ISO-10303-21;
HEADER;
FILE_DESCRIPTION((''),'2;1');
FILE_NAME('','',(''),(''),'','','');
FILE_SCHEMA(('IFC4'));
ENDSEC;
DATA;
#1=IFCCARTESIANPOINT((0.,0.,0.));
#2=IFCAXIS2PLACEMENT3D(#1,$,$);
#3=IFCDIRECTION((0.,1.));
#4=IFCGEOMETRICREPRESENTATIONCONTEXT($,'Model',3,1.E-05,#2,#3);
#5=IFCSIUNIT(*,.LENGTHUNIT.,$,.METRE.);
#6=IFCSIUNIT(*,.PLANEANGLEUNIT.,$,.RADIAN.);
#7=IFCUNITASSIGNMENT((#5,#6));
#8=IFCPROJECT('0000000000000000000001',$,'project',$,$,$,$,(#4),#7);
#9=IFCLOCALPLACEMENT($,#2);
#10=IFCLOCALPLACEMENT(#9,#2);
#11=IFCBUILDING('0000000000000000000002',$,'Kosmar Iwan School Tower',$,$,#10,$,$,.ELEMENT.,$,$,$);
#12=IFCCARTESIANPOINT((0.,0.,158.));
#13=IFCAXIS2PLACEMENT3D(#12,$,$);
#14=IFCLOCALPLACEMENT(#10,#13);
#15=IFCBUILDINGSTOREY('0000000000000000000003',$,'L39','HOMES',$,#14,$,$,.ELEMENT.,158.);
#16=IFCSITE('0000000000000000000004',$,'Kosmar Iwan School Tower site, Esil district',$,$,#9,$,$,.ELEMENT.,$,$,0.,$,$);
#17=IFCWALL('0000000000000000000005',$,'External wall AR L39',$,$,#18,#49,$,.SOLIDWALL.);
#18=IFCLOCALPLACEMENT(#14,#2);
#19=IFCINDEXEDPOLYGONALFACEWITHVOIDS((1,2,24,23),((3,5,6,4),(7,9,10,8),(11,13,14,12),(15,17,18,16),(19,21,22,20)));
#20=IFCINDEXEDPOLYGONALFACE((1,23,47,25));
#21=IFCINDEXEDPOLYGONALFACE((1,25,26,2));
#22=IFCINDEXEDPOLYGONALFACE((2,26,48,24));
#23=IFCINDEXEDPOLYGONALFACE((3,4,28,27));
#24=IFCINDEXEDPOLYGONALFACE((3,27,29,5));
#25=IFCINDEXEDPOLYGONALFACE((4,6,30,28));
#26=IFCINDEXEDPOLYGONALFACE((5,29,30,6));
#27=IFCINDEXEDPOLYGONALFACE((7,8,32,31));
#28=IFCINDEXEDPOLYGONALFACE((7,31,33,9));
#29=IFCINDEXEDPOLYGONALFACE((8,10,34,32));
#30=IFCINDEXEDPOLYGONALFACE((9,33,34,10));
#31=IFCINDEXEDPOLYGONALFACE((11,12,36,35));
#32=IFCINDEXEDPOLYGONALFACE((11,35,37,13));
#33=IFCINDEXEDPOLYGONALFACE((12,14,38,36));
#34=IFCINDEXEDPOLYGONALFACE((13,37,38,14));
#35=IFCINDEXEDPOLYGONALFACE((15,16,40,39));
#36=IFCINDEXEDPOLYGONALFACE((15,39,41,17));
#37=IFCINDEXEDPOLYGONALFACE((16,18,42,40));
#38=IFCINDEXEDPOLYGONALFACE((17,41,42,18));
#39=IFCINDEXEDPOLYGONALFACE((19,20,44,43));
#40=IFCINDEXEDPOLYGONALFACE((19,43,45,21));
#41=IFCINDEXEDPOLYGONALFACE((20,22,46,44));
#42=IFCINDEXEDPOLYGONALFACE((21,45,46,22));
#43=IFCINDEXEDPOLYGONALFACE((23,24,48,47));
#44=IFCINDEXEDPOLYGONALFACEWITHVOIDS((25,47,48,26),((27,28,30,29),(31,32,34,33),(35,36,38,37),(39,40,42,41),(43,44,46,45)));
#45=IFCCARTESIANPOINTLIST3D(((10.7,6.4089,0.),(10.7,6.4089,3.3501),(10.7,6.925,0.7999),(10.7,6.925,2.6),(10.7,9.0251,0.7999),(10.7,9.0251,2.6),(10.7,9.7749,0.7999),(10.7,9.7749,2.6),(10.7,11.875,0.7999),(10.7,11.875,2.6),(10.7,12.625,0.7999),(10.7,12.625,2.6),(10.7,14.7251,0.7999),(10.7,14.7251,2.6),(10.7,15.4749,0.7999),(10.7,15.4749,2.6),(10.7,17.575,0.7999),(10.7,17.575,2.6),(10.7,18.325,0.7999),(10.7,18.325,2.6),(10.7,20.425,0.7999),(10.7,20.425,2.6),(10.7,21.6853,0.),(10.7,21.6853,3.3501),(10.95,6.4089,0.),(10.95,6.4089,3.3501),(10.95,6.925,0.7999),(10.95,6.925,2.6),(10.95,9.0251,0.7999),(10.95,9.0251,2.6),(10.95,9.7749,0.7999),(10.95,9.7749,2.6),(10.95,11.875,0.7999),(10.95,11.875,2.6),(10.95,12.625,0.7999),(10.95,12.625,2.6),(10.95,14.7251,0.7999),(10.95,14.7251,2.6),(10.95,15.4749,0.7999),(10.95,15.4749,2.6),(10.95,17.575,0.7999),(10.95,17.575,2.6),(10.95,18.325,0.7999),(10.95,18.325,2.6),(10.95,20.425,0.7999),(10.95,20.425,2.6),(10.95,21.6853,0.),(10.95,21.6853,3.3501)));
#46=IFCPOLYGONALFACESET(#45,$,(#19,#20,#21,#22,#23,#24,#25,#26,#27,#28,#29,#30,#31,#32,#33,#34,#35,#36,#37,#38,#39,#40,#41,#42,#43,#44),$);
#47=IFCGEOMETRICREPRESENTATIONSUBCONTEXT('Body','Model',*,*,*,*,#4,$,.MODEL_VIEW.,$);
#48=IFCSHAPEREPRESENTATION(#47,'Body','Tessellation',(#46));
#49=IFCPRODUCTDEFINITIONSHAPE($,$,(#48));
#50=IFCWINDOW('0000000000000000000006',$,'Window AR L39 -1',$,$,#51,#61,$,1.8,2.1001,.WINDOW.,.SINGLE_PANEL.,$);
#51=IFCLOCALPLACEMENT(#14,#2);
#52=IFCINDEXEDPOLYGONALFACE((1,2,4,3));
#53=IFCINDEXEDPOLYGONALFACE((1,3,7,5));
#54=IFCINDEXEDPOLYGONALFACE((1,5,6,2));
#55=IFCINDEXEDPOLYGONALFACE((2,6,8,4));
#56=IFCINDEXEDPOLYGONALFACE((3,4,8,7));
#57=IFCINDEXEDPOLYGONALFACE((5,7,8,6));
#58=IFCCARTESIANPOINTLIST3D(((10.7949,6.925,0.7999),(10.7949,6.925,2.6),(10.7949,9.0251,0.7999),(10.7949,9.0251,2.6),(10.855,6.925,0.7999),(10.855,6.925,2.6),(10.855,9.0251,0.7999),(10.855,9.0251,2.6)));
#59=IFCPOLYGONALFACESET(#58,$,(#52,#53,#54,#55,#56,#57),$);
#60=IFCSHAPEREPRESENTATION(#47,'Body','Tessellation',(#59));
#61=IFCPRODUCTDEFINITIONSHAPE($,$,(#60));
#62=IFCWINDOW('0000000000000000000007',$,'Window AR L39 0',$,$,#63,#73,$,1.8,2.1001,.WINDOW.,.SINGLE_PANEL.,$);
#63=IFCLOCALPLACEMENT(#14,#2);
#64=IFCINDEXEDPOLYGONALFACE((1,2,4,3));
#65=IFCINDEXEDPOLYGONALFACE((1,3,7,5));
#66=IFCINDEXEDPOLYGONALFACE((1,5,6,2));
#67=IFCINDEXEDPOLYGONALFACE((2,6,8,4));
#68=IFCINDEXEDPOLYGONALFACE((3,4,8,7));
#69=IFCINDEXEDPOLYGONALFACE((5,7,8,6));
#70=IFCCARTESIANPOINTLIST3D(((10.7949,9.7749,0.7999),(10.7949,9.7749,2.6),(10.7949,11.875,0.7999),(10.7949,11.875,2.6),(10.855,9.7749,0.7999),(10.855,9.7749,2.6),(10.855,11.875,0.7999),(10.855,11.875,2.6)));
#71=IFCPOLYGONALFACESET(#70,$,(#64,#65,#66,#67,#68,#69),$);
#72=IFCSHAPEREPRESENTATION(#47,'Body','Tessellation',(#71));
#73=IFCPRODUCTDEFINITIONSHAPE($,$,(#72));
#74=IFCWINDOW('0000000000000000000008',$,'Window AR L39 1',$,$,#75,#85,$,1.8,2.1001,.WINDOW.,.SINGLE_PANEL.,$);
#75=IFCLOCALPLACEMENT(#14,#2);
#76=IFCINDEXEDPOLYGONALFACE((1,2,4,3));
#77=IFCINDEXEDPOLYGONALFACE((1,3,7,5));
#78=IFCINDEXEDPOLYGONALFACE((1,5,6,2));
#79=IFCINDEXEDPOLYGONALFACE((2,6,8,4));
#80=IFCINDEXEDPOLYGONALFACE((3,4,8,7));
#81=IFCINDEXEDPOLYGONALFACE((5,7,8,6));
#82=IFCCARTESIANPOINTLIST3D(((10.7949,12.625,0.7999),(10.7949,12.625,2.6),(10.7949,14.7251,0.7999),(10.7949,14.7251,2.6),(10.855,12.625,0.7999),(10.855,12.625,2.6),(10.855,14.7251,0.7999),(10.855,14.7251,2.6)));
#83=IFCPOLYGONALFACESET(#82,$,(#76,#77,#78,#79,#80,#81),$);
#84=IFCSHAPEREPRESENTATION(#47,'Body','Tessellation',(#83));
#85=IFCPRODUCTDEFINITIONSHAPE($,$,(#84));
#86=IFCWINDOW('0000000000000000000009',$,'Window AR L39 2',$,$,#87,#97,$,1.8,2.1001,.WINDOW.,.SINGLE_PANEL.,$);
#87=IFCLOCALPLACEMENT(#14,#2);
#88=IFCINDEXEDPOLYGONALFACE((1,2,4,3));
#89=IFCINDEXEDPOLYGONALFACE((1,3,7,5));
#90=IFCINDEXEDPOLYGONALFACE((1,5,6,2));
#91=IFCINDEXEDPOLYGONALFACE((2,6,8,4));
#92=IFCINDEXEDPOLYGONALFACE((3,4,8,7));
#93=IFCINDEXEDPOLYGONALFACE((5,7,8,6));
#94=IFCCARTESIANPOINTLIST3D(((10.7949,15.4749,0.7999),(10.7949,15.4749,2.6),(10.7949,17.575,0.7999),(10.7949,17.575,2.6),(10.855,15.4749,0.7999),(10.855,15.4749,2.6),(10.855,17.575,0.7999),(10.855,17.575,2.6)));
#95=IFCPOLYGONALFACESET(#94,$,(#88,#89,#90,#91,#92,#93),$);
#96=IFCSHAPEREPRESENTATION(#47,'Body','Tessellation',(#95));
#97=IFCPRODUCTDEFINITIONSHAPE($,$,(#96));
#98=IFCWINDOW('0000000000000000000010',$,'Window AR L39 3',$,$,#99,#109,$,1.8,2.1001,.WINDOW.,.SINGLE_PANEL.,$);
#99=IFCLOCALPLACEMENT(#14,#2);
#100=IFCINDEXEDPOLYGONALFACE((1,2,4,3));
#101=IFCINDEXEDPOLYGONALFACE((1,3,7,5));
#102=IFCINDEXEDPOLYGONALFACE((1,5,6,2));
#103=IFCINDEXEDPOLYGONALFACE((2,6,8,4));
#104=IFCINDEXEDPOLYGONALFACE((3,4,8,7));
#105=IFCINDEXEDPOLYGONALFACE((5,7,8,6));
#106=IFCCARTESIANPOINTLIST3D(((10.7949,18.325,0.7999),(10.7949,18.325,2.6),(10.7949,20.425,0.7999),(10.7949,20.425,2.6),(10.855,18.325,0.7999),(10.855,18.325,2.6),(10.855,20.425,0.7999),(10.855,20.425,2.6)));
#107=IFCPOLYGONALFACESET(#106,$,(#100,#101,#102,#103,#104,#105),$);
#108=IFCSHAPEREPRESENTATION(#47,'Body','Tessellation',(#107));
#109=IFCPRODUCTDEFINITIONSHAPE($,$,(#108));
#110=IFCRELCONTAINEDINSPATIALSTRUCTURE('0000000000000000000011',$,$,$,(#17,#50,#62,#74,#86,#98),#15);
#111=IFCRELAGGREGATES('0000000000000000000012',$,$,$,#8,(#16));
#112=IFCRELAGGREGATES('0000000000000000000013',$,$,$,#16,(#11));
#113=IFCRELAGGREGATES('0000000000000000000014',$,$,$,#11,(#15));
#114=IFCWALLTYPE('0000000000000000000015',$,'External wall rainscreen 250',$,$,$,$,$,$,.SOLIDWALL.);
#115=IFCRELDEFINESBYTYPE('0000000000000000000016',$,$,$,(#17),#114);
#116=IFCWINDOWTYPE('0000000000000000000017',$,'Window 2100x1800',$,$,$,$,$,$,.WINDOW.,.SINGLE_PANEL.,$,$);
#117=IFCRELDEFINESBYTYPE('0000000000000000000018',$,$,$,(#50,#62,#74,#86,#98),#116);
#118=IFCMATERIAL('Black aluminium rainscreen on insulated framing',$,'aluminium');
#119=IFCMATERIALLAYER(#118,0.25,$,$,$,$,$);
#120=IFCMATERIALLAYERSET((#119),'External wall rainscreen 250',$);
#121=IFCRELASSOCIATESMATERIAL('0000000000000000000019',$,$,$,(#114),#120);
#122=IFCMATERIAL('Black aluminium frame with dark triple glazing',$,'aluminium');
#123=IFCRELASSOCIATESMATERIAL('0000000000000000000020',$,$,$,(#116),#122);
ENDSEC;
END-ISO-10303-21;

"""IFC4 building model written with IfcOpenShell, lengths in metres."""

from ifc_helpers import new_model, si_unit, direction, frame, frame_2d, origin, place, context, subcontext, project, spatial, rectangle, extrude, material, layer, layer_set, type_object, element, fill, save


model = new_model("IFC4")

# Units and contexts
model_context = context("Model", 3, precision=1e-05, world=origin(), true_north=direction((0.0, 1.0)))
body_context = subcontext(model_context, "Body", "Model", "MODEL_VIEW")
ifc_project = project(units=[si_unit("LENGTHUNIT", "METRE"), si_unit("PLANEANGLEUNIT", "RADIAN")], contexts=[model_context])

# Site, building, storey
site_placement = place(None, origin())
site = spatial("IfcSite", under=ifc_project, at=site_placement, Name="Kosmar Iwan School Tower site, Esil district", CompositionType="ELEMENT", RefElevation=0.0)
building_placement = place(site_placement, origin())
building = spatial("IfcBuilding", under=site, at=building_placement, Name="Kosmar Iwan School Tower", CompositionType="ELEMENT")
storey_placement = place(building_placement, frame((0.0, 0.0, 158.0)))
storey = spatial("IfcBuildingStorey", under=building, at=storey_placement, Name="L39", Description="HOMES", CompositionType="ELEMENT", Elevation=158.0)

# Wall, openings, windows
ifc_material_1 = material(Name="Black aluminium rainscreen on insulated framing", Category="aluminium")
ifc_layer_1 = layer(ifc_material_1, 0.25)
ifc_layer_set_1 = layer_set([ifc_layer_1], Name="External wall rainscreen 250")
wall_type_1 = type_object("IfcWallType", Name="External wall rainscreen 250", PredefinedType="SOLIDWALL", material=ifc_layer_set_1)
ifc_material_2 = material(Name="Black aluminium frame with dark triple glazing", Category="aluminium")
window_type = type_object("IfcWindowType", Name="Window 2100x1800", PartitioningType="SINGLE_PANEL", PredefinedType="WINDOW", material=ifc_material_2)
wall_1_placement = place(storey_placement, frame((10.825, 6.4089, 0.0), z_axis=(0.0, 0.0, 1.0), x_axis=(0.0, 1.0, 0.0)))
wall_1 = element("IfcWall", 1, at=wall_1_placement, inside=storey, type_object=wall_type_1, Name="External wall AR L39", PredefinedType="SOLIDWALL", context=body_context, shape_type="SweptSolid", body=[
    extrude(rectangle(XDim=15.2764, YDim=0.25, at=frame_2d((7.6382, 0.0))), origin(), (0.0, 0.0, 1.0), 3.3501),
])
opening_1_placement = place(wall_1_placement, frame((0.5161, 0.0, 0.8)))
opening_1 = element("IfcOpeningElement", 2, at=opening_1_placement, cuts=wall_1, PredefinedType="OPENING", context=body_context, shape_type="SweptSolid", body=[
    extrude(rectangle(XDim=2.1001, YDim=1.8, at=frame_2d((1.05, 0.8999))), frame((0.0, 0.137, 0.0), z_axis=(0.0, -1.0, 0.0), x_axis=(1.0, 0.0, 0.0)), (0.0, 0.0, 1.0), 0.2739),
])
opening_2_placement = place(wall_1_placement, frame((3.366, 0.0, 0.8)))
opening_2 = element("IfcOpeningElement", 3, at=opening_2_placement, cuts=wall_1, PredefinedType="OPENING", context=body_context, shape_type="SweptSolid", body=[
    extrude(rectangle(XDim=2.1001, YDim=1.8, at=frame_2d((1.05, 0.8999))), frame((0.0, 0.137, 0.0), z_axis=(0.0, -1.0, 0.0), x_axis=(1.0, 0.0, 0.0)), (0.0, 0.0, 1.0), 0.2739),
])
opening_3_placement = place(wall_1_placement, frame((6.2161, 0.0, 0.8)))
opening_3 = element("IfcOpeningElement", 4, at=opening_3_placement, cuts=wall_1, PredefinedType="OPENING", context=body_context, shape_type="SweptSolid", body=[
    extrude(rectangle(XDim=2.1001, YDim=1.8, at=frame_2d((1.05, 0.8999))), frame((0.0, 0.137, 0.0), z_axis=(0.0, -1.0, 0.0), x_axis=(1.0, 0.0, 0.0)), (0.0, 0.0, 1.0), 0.2739),
])
opening_4_placement = place(wall_1_placement, frame((9.0659, 0.0, 0.8)))
opening_4 = element("IfcOpeningElement", 5, at=opening_4_placement, cuts=wall_1, PredefinedType="OPENING", context=body_context, shape_type="SweptSolid", body=[
    extrude(rectangle(XDim=2.1001, YDim=1.8, at=frame_2d((1.05, 0.8999))), frame((0.0, 0.137, 0.0), z_axis=(0.0, -1.0, 0.0), x_axis=(1.0, 0.0, 0.0)), (0.0, 0.0, 1.0), 0.2739),
])
opening_5_placement = place(wall_1_placement, frame((11.916, 0.0, 0.8)))
opening_5 = element("IfcOpeningElement", 6, at=opening_5_placement, cuts=wall_1, PredefinedType="OPENING", context=body_context, shape_type="SweptSolid", body=[
    extrude(rectangle(XDim=2.1001, YDim=1.8, at=frame_2d((1.05, 0.8999))), frame((0.0, 0.137, 0.0), z_axis=(0.0, -1.0, 0.0), x_axis=(1.0, 0.0, 0.0)), (0.0, 0.0, 1.0), 0.2739),
])
window_1_placement = place(opening_1_placement, origin())
window_1 = element("IfcWindow", 7, at=window_1_placement, inside=storey, type_object=window_type, Name="Window AR L39 -1", OverallHeight=1.8, OverallWidth=2.1001, PartitioningType="SINGLE_PANEL", PredefinedType="WINDOW", context=body_context, shape_type="SweptSolid", body=[
    extrude(rectangle(XDim=2.1001, YDim=1.8, at=frame_2d((1.05, 0.8999))), frame((0.0, 0.03, 0.0), z_axis=(0.0, -1.0, 0.0), x_axis=(1.0, 0.0, 0.0)), (0.0, 0.0, 1.0), 0.0601),
])
fill(opening_1, window_1)
window_2_placement = place(opening_2_placement, origin())
window_2 = element("IfcWindow", 8, at=window_2_placement, inside=storey, type_object=window_type, Name="Window AR L39 0", OverallHeight=1.8, OverallWidth=2.1001, PartitioningType="SINGLE_PANEL", PredefinedType="WINDOW", context=body_context, shape_type="SweptSolid", body=[
    extrude(rectangle(XDim=2.1001, YDim=1.8, at=frame_2d((1.05, 0.8999))), frame((0.0, 0.03, 0.0), z_axis=(0.0, -1.0, 0.0), x_axis=(1.0, 0.0, 0.0)), (0.0, 0.0, 1.0), 0.0601),
])
fill(opening_2, window_2)
window_3_placement = place(opening_3_placement, origin())
window_3 = element("IfcWindow", 9, at=window_3_placement, inside=storey, type_object=window_type, Name="Window AR L39 1", OverallHeight=1.8, OverallWidth=2.1001, PartitioningType="SINGLE_PANEL", PredefinedType="WINDOW", context=body_context, shape_type="SweptSolid", body=[
    extrude(rectangle(XDim=2.1001, YDim=1.8, at=frame_2d((1.05, 0.8999))), frame((0.0, 0.03, 0.0), z_axis=(0.0, -1.0, 0.0), x_axis=(1.0, 0.0, 0.0)), (0.0, 0.0, 1.0), 0.0601),
])
fill(opening_3, window_3)
window_4_placement = place(opening_4_placement, origin())
window_4 = element("IfcWindow", 10, at=window_4_placement, inside=storey, type_object=window_type, Name="Window AR L39 2", OverallHeight=1.8, OverallWidth=2.1001, PartitioningType="SINGLE_PANEL", PredefinedType="WINDOW", context=body_context, shape_type="SweptSolid", body=[
    extrude(rectangle(XDim=2.1001, YDim=1.8, at=frame_2d((1.05, 0.8999))), frame((0.0, 0.03, 0.0), z_axis=(0.0, -1.0, 0.0), x_axis=(1.0, 0.0, 0.0)), (0.0, 0.0, 1.0), 0.0601),
])
fill(opening_4, window_4)
window_5_placement = place(opening_5_placement, origin())
window_5 = element("IfcWindow", 11, at=window_5_placement, inside=storey, type_object=window_type, Name="Window AR L39 3", OverallHeight=1.8, OverallWidth=2.1001, PartitioningType="SINGLE_PANEL", PredefinedType="WINDOW", context=body_context, shape_type="SweptSolid", body=[
    extrude(rectangle(XDim=2.1001, YDim=1.8, at=frame_2d((1.05, 0.8999))), frame((0.0, 0.03, 0.0), z_axis=(0.0, -1.0, 0.0), x_axis=(1.0, 0.0, 0.0)), (0.0, 0.0, 1.0), 0.0601),
])
fill(opening_5, window_5)

save(model, "model.ifc")
